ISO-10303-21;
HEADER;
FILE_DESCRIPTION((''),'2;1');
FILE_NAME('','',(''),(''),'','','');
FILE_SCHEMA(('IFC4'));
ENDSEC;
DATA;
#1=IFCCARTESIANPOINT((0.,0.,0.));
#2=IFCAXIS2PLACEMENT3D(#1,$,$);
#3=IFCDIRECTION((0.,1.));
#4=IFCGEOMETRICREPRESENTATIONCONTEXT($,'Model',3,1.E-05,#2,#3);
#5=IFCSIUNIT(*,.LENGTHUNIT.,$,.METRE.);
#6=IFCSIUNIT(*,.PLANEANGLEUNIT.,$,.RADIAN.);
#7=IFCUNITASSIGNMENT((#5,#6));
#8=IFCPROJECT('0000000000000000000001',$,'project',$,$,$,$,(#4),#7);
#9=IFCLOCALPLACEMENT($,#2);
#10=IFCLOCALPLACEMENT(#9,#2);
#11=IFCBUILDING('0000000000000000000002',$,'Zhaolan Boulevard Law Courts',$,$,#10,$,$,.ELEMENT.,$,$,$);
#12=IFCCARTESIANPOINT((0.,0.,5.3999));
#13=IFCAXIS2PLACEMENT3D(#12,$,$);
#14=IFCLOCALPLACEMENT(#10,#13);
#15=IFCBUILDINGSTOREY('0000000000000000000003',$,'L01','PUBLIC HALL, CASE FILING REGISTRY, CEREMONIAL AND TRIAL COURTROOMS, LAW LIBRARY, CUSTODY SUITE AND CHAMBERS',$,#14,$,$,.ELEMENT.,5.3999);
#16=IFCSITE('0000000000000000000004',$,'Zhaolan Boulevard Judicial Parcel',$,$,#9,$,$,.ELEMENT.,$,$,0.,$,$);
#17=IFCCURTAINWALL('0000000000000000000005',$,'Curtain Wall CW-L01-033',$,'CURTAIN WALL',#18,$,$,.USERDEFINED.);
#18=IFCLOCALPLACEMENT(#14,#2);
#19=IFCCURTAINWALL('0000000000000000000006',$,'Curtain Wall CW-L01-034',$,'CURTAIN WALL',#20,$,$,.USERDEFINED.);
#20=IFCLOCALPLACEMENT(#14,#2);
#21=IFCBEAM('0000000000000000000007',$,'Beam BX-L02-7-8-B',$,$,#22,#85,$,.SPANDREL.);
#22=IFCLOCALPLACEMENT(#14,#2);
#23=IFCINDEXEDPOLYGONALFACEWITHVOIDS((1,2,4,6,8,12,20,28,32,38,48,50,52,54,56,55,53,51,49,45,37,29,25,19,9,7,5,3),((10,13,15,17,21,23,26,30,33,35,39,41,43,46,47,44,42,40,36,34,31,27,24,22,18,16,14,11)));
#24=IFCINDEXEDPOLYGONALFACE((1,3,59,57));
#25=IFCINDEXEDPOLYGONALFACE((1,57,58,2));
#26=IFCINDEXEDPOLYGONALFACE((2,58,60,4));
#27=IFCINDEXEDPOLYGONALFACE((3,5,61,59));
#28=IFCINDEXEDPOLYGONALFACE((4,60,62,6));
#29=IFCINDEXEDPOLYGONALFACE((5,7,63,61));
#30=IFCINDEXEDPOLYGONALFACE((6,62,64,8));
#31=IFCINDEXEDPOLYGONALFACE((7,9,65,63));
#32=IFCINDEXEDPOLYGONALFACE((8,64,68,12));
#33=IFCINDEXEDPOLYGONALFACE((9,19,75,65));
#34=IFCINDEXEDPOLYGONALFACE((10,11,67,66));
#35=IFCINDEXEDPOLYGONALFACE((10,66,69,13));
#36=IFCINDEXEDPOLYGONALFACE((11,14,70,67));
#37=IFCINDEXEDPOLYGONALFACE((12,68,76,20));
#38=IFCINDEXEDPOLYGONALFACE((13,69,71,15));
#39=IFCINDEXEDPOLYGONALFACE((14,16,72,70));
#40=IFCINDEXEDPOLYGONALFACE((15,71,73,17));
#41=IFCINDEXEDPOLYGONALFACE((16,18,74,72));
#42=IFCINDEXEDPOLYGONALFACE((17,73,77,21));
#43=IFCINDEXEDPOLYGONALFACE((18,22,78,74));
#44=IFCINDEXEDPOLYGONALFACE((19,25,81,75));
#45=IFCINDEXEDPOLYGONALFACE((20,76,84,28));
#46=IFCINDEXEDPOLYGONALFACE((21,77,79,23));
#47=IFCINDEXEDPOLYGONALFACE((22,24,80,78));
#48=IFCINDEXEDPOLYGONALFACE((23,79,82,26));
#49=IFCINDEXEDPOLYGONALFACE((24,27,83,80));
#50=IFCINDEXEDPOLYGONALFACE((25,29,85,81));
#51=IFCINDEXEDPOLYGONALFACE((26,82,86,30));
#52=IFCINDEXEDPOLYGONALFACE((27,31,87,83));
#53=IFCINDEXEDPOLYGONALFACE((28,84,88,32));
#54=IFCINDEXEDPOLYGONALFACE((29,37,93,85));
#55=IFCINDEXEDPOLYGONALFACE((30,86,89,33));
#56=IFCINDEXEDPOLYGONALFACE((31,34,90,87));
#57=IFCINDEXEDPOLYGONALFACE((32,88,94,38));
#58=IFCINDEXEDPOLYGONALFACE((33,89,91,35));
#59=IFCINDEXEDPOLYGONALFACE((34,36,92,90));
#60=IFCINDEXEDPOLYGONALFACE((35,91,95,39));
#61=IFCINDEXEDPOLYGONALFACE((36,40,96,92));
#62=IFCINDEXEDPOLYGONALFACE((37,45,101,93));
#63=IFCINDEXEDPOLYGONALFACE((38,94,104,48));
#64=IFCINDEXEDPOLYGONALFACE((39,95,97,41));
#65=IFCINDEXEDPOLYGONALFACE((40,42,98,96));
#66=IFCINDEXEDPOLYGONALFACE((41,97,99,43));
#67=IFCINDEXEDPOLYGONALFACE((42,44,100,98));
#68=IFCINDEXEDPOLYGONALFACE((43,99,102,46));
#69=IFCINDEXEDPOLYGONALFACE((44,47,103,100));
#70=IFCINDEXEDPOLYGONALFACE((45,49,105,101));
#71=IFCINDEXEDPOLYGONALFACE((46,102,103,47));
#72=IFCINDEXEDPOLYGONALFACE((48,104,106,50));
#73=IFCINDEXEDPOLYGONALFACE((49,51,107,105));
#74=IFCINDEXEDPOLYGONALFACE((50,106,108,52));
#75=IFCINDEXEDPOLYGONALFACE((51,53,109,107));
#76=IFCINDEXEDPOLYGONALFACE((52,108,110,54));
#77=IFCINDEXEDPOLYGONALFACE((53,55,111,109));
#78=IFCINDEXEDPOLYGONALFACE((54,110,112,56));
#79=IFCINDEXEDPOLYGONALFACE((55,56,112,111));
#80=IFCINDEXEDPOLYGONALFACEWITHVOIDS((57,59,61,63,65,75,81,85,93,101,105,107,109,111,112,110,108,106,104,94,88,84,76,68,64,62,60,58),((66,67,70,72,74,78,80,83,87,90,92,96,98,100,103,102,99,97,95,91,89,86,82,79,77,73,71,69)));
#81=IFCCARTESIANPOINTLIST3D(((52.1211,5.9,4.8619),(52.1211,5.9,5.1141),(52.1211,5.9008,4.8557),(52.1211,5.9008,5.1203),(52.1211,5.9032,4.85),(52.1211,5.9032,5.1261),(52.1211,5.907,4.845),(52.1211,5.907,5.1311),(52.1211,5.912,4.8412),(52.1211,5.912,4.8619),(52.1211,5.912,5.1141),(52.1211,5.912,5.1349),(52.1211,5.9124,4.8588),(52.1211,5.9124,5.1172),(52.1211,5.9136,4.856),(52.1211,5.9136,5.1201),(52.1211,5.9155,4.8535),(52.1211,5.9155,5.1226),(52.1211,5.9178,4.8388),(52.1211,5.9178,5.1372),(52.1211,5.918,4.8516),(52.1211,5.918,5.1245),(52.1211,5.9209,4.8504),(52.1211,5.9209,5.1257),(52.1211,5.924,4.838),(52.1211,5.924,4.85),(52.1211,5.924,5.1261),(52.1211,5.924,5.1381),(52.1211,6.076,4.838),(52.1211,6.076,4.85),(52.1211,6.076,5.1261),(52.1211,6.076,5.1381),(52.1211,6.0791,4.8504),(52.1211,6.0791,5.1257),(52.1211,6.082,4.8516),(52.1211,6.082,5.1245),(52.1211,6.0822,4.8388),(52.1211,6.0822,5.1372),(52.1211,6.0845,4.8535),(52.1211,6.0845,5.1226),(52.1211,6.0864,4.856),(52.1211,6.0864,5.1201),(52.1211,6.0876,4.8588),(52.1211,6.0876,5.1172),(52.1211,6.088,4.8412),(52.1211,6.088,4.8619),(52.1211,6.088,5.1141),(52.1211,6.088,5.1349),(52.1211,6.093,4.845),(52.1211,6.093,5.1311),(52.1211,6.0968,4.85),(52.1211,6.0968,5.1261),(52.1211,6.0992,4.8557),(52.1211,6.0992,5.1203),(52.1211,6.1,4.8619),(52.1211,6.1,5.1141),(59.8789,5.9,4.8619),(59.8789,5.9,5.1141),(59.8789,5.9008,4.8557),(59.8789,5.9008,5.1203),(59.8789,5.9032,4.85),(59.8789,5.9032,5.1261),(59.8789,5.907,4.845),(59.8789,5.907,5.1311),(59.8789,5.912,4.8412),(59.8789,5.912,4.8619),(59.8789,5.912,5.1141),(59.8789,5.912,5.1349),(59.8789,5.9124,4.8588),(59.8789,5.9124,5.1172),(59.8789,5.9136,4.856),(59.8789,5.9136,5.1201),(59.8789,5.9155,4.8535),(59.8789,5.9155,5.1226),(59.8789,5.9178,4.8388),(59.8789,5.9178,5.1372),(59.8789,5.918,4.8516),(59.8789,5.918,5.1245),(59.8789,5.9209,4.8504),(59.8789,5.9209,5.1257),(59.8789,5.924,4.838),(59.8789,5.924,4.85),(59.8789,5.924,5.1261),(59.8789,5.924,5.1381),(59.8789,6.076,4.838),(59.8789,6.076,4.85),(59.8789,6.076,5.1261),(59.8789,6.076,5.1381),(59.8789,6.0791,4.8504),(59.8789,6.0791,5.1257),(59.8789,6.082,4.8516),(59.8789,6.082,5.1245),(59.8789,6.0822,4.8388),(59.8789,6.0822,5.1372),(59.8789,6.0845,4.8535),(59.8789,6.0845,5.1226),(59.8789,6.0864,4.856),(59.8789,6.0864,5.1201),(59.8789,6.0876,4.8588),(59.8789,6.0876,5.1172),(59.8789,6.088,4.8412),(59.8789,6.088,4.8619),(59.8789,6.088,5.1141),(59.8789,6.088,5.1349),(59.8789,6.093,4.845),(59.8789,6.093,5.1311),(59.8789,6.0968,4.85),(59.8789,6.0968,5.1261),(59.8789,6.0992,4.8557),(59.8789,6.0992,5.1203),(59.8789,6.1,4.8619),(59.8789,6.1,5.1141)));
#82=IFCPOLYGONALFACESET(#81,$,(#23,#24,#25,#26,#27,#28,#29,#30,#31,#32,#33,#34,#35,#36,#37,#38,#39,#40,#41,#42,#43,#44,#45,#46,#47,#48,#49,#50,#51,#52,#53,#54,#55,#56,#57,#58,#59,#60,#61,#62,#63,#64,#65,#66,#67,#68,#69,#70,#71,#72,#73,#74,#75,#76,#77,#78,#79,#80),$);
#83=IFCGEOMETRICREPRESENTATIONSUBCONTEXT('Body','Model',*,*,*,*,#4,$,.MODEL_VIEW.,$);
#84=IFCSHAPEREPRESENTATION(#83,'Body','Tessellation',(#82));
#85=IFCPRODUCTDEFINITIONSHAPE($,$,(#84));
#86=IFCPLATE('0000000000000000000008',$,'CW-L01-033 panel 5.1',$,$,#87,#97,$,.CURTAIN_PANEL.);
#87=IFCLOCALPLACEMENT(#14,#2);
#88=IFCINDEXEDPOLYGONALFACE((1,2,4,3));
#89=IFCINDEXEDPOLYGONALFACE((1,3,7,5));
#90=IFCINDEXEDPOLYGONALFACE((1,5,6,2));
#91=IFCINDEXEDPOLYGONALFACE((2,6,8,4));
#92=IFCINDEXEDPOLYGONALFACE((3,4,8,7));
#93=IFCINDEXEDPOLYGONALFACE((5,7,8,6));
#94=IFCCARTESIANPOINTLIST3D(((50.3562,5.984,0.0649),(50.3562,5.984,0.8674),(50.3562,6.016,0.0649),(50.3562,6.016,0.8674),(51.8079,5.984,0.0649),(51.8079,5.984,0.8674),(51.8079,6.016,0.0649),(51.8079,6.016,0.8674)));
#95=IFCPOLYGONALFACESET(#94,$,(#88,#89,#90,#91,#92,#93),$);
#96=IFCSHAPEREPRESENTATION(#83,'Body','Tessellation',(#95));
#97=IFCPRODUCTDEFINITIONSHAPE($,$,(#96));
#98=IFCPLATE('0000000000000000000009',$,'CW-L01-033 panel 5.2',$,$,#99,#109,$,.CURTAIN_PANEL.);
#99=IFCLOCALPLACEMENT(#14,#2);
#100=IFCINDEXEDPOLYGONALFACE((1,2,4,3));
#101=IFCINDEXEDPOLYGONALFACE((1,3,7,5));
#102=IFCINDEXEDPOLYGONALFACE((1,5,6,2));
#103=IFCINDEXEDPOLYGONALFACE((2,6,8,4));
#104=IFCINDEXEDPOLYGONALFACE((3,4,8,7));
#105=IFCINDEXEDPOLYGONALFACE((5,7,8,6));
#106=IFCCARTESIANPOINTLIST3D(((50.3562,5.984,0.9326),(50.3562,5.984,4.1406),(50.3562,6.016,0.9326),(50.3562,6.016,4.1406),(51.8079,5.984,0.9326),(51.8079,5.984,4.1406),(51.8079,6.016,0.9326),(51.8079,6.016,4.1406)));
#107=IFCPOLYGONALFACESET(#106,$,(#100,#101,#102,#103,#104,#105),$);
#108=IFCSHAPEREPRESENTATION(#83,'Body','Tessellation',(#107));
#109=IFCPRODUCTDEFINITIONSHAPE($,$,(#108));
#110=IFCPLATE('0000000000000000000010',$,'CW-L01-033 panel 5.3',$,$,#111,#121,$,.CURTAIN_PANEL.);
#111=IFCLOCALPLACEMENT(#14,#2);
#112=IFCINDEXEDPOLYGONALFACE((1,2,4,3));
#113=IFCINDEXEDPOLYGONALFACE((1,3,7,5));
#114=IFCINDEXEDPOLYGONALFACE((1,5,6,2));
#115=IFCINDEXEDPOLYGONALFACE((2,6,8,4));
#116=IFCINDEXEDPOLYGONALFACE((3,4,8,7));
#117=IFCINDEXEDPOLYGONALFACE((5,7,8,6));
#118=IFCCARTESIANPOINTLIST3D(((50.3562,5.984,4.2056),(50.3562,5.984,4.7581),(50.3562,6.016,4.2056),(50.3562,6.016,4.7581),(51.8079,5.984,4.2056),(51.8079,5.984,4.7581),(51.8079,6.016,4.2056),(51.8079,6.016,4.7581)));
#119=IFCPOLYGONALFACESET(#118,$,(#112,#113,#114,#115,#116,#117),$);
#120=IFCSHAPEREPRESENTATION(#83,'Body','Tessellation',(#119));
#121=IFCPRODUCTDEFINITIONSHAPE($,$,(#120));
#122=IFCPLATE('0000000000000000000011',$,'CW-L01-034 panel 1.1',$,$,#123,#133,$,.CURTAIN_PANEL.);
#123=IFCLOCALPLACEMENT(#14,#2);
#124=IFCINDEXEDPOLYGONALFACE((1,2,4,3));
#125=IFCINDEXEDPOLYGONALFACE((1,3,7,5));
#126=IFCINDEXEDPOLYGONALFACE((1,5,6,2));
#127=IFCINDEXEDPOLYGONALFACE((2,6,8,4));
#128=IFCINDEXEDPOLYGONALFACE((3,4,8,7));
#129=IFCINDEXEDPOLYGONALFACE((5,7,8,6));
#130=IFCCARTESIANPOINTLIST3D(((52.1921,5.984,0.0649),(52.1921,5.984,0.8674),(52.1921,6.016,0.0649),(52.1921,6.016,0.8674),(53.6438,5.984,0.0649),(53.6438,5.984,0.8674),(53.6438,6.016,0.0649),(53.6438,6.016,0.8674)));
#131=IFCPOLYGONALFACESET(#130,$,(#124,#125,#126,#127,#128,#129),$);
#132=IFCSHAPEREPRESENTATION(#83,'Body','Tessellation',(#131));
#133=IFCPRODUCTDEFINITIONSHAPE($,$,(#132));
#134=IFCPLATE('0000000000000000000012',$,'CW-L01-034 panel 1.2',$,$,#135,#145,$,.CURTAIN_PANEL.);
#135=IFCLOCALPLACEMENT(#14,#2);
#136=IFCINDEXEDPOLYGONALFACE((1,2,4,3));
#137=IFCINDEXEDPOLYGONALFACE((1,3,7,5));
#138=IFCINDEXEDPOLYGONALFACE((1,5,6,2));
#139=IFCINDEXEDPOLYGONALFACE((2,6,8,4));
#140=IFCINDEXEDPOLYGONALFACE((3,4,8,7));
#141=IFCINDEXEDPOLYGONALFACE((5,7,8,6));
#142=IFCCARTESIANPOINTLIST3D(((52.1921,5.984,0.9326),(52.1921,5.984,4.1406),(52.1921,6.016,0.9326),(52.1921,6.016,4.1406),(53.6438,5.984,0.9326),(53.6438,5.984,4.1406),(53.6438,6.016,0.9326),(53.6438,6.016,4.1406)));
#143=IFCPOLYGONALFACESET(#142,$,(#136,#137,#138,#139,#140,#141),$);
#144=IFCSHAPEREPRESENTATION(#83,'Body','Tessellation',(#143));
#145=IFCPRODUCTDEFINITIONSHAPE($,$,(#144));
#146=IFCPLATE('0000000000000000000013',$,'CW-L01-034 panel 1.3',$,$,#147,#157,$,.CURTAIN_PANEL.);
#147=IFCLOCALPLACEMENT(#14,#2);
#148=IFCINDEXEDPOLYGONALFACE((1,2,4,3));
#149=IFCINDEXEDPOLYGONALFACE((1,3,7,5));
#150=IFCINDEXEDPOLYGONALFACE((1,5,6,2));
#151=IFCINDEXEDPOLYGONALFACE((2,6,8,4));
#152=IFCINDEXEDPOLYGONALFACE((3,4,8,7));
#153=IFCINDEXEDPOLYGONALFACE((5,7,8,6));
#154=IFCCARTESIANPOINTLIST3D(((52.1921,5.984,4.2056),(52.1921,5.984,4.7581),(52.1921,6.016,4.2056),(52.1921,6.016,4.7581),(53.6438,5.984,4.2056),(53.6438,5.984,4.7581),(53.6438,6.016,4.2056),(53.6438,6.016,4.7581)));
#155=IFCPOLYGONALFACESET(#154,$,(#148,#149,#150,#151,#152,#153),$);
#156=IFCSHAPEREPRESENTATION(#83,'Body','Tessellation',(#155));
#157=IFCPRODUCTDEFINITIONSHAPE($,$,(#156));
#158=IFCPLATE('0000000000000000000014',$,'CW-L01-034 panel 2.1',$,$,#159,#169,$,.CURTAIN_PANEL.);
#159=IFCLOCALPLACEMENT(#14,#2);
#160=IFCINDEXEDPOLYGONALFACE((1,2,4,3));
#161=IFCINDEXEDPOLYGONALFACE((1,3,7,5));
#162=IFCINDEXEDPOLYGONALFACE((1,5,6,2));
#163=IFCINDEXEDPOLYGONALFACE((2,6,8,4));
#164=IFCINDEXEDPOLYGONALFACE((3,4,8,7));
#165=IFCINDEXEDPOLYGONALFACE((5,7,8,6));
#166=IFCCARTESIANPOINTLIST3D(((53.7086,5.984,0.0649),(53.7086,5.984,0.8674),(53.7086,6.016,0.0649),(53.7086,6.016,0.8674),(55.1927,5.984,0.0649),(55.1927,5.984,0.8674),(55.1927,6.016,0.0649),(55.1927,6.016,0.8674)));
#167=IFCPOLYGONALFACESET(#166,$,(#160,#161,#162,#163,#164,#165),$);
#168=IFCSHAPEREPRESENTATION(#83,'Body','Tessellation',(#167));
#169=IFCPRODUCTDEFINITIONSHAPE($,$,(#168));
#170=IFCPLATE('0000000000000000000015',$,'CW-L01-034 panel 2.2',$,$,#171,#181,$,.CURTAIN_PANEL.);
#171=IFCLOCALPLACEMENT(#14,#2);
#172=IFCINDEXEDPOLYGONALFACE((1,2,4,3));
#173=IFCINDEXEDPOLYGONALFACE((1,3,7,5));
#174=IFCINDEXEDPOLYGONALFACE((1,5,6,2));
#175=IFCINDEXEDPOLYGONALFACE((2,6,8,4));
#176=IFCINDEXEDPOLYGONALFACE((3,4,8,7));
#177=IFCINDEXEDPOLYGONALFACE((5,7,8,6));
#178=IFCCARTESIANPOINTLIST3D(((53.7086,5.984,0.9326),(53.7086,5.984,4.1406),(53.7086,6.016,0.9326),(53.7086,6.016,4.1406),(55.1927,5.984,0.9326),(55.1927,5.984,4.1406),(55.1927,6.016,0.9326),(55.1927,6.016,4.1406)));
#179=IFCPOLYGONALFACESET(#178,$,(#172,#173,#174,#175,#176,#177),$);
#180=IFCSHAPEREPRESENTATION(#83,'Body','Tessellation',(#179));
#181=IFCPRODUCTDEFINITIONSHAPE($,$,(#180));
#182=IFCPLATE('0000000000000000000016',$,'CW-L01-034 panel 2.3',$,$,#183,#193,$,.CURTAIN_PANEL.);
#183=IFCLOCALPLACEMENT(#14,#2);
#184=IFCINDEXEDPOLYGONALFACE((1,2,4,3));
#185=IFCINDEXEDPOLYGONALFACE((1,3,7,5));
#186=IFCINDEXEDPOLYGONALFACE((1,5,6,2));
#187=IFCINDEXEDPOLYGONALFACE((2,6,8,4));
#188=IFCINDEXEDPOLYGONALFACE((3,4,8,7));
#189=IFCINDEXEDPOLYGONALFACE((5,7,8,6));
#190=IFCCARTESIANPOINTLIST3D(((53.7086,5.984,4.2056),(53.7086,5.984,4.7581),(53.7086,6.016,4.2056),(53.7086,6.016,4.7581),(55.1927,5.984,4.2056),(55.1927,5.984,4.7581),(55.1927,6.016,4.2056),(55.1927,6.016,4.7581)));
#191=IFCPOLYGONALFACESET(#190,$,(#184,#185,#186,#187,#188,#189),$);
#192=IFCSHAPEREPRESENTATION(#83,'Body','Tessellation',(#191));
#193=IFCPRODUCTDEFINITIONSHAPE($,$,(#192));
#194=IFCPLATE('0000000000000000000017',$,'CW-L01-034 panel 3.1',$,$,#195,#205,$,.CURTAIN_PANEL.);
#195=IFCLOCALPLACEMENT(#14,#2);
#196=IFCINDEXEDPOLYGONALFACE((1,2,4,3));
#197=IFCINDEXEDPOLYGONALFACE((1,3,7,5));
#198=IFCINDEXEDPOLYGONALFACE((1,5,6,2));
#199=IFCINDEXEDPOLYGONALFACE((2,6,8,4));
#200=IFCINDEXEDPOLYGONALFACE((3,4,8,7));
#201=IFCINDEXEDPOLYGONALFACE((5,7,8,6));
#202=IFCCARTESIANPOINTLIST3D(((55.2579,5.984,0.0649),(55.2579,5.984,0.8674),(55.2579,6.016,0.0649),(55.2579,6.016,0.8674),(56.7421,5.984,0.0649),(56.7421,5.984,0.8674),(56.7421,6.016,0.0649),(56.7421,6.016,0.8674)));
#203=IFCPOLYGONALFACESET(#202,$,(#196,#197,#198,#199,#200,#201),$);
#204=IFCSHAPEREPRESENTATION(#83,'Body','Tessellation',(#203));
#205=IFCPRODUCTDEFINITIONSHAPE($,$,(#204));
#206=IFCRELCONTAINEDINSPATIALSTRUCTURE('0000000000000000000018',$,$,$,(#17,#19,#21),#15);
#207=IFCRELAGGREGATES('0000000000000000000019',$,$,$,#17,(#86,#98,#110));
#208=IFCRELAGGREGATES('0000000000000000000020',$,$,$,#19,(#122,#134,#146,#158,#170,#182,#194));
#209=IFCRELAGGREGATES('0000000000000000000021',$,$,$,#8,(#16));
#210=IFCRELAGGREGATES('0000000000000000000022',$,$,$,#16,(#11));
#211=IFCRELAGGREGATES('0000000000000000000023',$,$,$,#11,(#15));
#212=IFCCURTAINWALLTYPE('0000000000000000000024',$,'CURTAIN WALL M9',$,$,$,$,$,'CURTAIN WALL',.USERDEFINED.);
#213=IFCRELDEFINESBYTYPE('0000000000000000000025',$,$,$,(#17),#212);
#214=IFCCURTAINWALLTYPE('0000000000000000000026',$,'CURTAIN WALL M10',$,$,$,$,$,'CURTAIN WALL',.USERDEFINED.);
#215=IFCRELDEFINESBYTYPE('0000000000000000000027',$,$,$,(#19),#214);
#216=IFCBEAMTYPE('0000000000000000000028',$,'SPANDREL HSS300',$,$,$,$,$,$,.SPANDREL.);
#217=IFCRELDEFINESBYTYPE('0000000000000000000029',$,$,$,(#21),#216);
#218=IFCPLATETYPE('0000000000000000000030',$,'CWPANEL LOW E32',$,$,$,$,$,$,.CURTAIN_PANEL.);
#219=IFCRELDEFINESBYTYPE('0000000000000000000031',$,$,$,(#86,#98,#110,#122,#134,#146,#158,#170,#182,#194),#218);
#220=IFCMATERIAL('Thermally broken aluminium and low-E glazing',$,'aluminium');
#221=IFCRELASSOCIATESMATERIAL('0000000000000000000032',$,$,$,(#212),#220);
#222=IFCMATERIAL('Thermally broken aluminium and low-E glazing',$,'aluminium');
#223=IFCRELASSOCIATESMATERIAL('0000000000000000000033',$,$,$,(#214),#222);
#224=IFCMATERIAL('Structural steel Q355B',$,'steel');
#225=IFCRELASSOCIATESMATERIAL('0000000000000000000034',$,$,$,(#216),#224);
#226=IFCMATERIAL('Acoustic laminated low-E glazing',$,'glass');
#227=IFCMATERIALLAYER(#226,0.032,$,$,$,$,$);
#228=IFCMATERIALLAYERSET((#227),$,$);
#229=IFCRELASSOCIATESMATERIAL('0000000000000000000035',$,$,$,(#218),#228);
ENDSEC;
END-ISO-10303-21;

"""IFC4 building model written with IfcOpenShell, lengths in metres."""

from ifc_helpers import new_model, si_unit, direction, frame, origin, origin_2d, place, context, subcontext, project, spatial, rectangle, hollow_rectangle, extrude, material, layer, layer_set, material_profile, profile_set, type_object, element, aggregate, save


model = new_model("IFC4")

# Units and contexts
model_context = context("Model", 3, precision=1e-05, world=origin(), true_north=direction((0.0, 1.0)))
body_context = subcontext(model_context, "Body", "Model", "MODEL_VIEW")
ifc_project = project(units=[si_unit("LENGTHUNIT", "METRE"), si_unit("PLANEANGLEUNIT", "RADIAN")], contexts=[model_context])

# Site, building, storey
site_placement = place(None, origin())
site = spatial("IfcSite", under=ifc_project, at=site_placement, Name="Zhaolan Boulevard Judicial Parcel", CompositionType="ELEMENT", RefElevation=0.0)
building_placement = place(site_placement, origin())
building = spatial("IfcBuilding", under=site, at=building_placement, Name="Zhaolan Boulevard Law Courts", CompositionType="ELEMENT")
storey_placement = place(building_placement, frame((0.0, 0.0, 5.3999)))
storey = spatial("IfcBuildingStorey", under=building, at=storey_placement, Name="L01", Description="PUBLIC HALL, CASE FILING REGISTRY, CEREMONIAL AND TRIAL COURTROOMS, LAW LIBRARY, CUSTODY SUITE AND CHAMBERS", CompositionType="ELEMENT", Elevation=5.3999)

# Curtain walls
ifc_material_1 = material(Name="Thermally broken aluminium and low-E glazing", Category="aluminium")
curtain_wall_type_1 = type_object("IfcCurtainWallType", Name="CURTAIN WALL M9", ElementType="CURTAIN WALL", PredefinedType="USERDEFINED", material=ifc_material_1)
curtain_wall_1_placement = place(storey_placement, origin())
curtain_wall_1 = element("IfcCurtainWall", 1, at=curtain_wall_1_placement, inside=storey, type_object=curtain_wall_type_1, Name="Curtain Wall CW-L01-033", ObjectType="CURTAIN WALL", PredefinedType="USERDEFINED")
ifc_material_2 = material(Name="Thermally broken aluminium and low-E glazing", Category="aluminium")
curtain_wall_type_2 = type_object("IfcCurtainWallType", Name="CURTAIN WALL M10", ElementType="CURTAIN WALL", PredefinedType="USERDEFINED", material=ifc_material_2)
curtain_wall_2_placement = place(storey_placement, origin())
curtain_wall_2 = element("IfcCurtainWall", 2, at=curtain_wall_2_placement, inside=storey, type_object=curtain_wall_type_2, Name="Curtain Wall CW-L01-034", ObjectType="CURTAIN WALL", PredefinedType="USERDEFINED")

# Beam
ifc_material_3 = material(Name="Structural steel Q355B", Category="steel")
ifc_material_profile_1 = material_profile(ifc_material_3, hollow_rectangle(XDim=0.2, YDim=0.3, WallThickness=0.012, InnerFilletRadius=0.012, OuterFilletRadius=0.0239, at=origin_2d()), Name="HSS300x200x12")
ifc_profile_set_1 = profile_set([ifc_material_profile_1], Name="Structural steel Q355B")
beam_type = type_object("IfcBeamType", Name="SPANDREL HSS300", PredefinedType="SPANDREL", material=ifc_profile_set_1)
beam_placement = place(storey_placement, frame((52.1211, 6.0, 4.988), z_axis=(1.0, 0.0, 0.0), x_axis=(0.0, 1.0, 0.0)))
element("IfcBeam", 3, at=beam_placement, inside=storey, type_object=beam_type, Name="Beam BX-L02-7-8-B", PredefinedType="SPANDREL", context=body_context, shape_type="SweptSolid", body=[
    extrude(hollow_rectangle(XDim=0.2, YDim=0.3, WallThickness=0.012, InnerFilletRadius=0.012, OuterFilletRadius=0.0239, at=origin_2d()), origin(), (0.0, 0.0, 1.0), 7.7578),
])

# Plates
ifc_material_4 = material(Name="Acoustic laminated low-E glazing", Category="glass")
ifc_layer_1 = layer(ifc_material_4, 0.032)
ifc_layer_set_1 = layer_set([ifc_layer_1])
plate_type_1 = type_object("IfcPlateType", Name="CWPANEL LOW E32", PredefinedType="CURTAIN_PANEL", material=ifc_layer_set_1)
plate_1_placement = place(storey_placement, frame((51.082, 6.0, 0.0649), z_axis=(0.0, 0.0, 1.0), x_axis=(1.0, 0.0, 0.0)))
plate_1 = element("IfcPlate", 4, at=plate_1_placement, type_object=plate_type_1, Name="CW-L01-033 panel 5.1", PredefinedType="CURTAIN_PANEL", context=body_context, shape_type="SweptSolid", body=[
    extrude(rectangle(XDim=1.4517, YDim=0.032, at=origin_2d()), origin(), (0.0, 0.0, 1.0), 0.8025),
])
plate_2_placement = place(storey_placement, frame((51.082, 6.0, 0.9326), z_axis=(0.0, 0.0, 1.0), x_axis=(1.0, 0.0, 0.0)))
plate_2 = element("IfcPlate", 5, at=plate_2_placement, type_object=plate_type_1, Name="CW-L01-033 panel 5.2", PredefinedType="CURTAIN_PANEL", context=body_context, shape_type="SweptSolid", body=[
    extrude(rectangle(XDim=1.4517, YDim=0.032, at=origin_2d()), origin(), (0.0, 0.0, 1.0), 3.208),
])
plate_3_placement = place(storey_placement, frame((51.082, 6.0, 4.2056), z_axis=(0.0, 0.0, 1.0), x_axis=(1.0, 0.0, 0.0)))
plate_3 = element("IfcPlate", 6, at=plate_3_placement, type_object=plate_type_1, Name="CW-L01-033 panel 5.3", PredefinedType="CURTAIN_PANEL", context=body_context, shape_type="SweptSolid", body=[
    extrude(rectangle(XDim=1.4517, YDim=0.032, at=origin_2d()), origin(), (0.0, 0.0, 1.0), 0.5525),
])
aggregate(curtain_wall_1, [plate_1, plate_2, plate_3])
plate_4_placement = place(storey_placement, frame((52.918, 6.0, 0.0649), z_axis=(0.0, 0.0, 1.0), x_axis=(1.0, 0.0, 0.0)))
plate_4 = element("IfcPlate", 7, at=plate_4_placement, type_object=plate_type_1, Name="CW-L01-034 panel 1.1", PredefinedType="CURTAIN_PANEL", context=body_context, shape_type="SweptSolid", body=[
    extrude(rectangle(XDim=1.4517, YDim=0.032, at=origin_2d()), origin(), (0.0, 0.0, 1.0), 0.8025),
])
plate_5_placement = place(storey_placement, frame((52.918, 6.0, 0.9326), z_axis=(0.0, 0.0, 1.0), x_axis=(1.0, 0.0, 0.0)))
plate_5 = element("IfcPlate", 8, at=plate_5_placement, type_object=plate_type_1, Name="CW-L01-034 panel 1.2", PredefinedType="CURTAIN_PANEL", context=body_context, shape_type="SweptSolid", body=[
    extrude(rectangle(XDim=1.4517, YDim=0.032, at=origin_2d()), origin(), (0.0, 0.0, 1.0), 3.208),
])
plate_6_placement = place(storey_placement, frame((52.918, 6.0, 4.2056), z_axis=(0.0, 0.0, 1.0), x_axis=(1.0, 0.0, 0.0)))
plate_6 = element("IfcPlate", 9, at=plate_6_placement, type_object=plate_type_1, Name="CW-L01-034 panel 1.3", PredefinedType="CURTAIN_PANEL", context=body_context, shape_type="SweptSolid", body=[
    extrude(rectangle(XDim=1.4517, YDim=0.032, at=origin_2d()), origin(), (0.0, 0.0, 1.0), 0.5525),
])
plate_7_placement = place(storey_placement, frame((54.4507, 6.0, 0.0649), z_axis=(0.0, 0.0, 1.0), x_axis=(1.0, 0.0, 0.0)))
plate_7 = element("IfcPlate", 10, at=plate_7_placement, type_object=plate_type_1, Name="CW-L01-034 panel 2.1", PredefinedType="CURTAIN_PANEL", context=body_context, shape_type="SweptSolid", body=[
    extrude(rectangle(XDim=1.4841, YDim=0.032, at=origin_2d()), origin(), (0.0, 0.0, 1.0), 0.8025),
])
plate_8_placement = place(storey_placement, frame((54.4507, 6.0, 0.9326), z_axis=(0.0, 0.0, 1.0), x_axis=(1.0, 0.0, 0.0)))
plate_8 = element("IfcPlate", 11, at=plate_8_placement, type_object=plate_type_1, Name="CW-L01-034 panel 2.2", PredefinedType="CURTAIN_PANEL", context=body_context, shape_type="SweptSolid", body=[
    extrude(rectangle(XDim=1.4841, YDim=0.032, at=origin_2d()), origin(), (0.0, 0.0, 1.0), 3.208),
])
plate_9_placement = place(storey_placement, frame((54.4507, 6.0, 4.2056), z_axis=(0.0, 0.0, 1.0), x_axis=(1.0, 0.0, 0.0)))
plate_9 = element("IfcPlate", 12, at=plate_9_placement, type_object=plate_type_1, Name="CW-L01-034 panel 2.3", PredefinedType="CURTAIN_PANEL", context=body_context, shape_type="SweptSolid", body=[
    extrude(rectangle(XDim=1.4841, YDim=0.032, at=origin_2d()), origin(), (0.0, 0.0, 1.0), 0.5525),
])
plate_10_placement = place(storey_placement, frame((56.0, 6.0, 0.0649), z_axis=(0.0, 0.0, 1.0), x_axis=(1.0, 0.0, 0.0)))
plate_10 = element("IfcPlate", 13, at=plate_10_placement, type_object=plate_type_1, Name="CW-L01-034 panel 3.1", PredefinedType="CURTAIN_PANEL", context=body_context, shape_type="SweptSolid", body=[
    extrude(rectangle(XDim=1.4841, YDim=0.032, at=origin_2d()), origin(), (0.0, 0.0, 1.0), 0.8025),
])
aggregate(curtain_wall_2, [plate_4, plate_5, plate_6, plate_7, plate_8, plate_9, plate_10])

save(model, "model.ifc")
